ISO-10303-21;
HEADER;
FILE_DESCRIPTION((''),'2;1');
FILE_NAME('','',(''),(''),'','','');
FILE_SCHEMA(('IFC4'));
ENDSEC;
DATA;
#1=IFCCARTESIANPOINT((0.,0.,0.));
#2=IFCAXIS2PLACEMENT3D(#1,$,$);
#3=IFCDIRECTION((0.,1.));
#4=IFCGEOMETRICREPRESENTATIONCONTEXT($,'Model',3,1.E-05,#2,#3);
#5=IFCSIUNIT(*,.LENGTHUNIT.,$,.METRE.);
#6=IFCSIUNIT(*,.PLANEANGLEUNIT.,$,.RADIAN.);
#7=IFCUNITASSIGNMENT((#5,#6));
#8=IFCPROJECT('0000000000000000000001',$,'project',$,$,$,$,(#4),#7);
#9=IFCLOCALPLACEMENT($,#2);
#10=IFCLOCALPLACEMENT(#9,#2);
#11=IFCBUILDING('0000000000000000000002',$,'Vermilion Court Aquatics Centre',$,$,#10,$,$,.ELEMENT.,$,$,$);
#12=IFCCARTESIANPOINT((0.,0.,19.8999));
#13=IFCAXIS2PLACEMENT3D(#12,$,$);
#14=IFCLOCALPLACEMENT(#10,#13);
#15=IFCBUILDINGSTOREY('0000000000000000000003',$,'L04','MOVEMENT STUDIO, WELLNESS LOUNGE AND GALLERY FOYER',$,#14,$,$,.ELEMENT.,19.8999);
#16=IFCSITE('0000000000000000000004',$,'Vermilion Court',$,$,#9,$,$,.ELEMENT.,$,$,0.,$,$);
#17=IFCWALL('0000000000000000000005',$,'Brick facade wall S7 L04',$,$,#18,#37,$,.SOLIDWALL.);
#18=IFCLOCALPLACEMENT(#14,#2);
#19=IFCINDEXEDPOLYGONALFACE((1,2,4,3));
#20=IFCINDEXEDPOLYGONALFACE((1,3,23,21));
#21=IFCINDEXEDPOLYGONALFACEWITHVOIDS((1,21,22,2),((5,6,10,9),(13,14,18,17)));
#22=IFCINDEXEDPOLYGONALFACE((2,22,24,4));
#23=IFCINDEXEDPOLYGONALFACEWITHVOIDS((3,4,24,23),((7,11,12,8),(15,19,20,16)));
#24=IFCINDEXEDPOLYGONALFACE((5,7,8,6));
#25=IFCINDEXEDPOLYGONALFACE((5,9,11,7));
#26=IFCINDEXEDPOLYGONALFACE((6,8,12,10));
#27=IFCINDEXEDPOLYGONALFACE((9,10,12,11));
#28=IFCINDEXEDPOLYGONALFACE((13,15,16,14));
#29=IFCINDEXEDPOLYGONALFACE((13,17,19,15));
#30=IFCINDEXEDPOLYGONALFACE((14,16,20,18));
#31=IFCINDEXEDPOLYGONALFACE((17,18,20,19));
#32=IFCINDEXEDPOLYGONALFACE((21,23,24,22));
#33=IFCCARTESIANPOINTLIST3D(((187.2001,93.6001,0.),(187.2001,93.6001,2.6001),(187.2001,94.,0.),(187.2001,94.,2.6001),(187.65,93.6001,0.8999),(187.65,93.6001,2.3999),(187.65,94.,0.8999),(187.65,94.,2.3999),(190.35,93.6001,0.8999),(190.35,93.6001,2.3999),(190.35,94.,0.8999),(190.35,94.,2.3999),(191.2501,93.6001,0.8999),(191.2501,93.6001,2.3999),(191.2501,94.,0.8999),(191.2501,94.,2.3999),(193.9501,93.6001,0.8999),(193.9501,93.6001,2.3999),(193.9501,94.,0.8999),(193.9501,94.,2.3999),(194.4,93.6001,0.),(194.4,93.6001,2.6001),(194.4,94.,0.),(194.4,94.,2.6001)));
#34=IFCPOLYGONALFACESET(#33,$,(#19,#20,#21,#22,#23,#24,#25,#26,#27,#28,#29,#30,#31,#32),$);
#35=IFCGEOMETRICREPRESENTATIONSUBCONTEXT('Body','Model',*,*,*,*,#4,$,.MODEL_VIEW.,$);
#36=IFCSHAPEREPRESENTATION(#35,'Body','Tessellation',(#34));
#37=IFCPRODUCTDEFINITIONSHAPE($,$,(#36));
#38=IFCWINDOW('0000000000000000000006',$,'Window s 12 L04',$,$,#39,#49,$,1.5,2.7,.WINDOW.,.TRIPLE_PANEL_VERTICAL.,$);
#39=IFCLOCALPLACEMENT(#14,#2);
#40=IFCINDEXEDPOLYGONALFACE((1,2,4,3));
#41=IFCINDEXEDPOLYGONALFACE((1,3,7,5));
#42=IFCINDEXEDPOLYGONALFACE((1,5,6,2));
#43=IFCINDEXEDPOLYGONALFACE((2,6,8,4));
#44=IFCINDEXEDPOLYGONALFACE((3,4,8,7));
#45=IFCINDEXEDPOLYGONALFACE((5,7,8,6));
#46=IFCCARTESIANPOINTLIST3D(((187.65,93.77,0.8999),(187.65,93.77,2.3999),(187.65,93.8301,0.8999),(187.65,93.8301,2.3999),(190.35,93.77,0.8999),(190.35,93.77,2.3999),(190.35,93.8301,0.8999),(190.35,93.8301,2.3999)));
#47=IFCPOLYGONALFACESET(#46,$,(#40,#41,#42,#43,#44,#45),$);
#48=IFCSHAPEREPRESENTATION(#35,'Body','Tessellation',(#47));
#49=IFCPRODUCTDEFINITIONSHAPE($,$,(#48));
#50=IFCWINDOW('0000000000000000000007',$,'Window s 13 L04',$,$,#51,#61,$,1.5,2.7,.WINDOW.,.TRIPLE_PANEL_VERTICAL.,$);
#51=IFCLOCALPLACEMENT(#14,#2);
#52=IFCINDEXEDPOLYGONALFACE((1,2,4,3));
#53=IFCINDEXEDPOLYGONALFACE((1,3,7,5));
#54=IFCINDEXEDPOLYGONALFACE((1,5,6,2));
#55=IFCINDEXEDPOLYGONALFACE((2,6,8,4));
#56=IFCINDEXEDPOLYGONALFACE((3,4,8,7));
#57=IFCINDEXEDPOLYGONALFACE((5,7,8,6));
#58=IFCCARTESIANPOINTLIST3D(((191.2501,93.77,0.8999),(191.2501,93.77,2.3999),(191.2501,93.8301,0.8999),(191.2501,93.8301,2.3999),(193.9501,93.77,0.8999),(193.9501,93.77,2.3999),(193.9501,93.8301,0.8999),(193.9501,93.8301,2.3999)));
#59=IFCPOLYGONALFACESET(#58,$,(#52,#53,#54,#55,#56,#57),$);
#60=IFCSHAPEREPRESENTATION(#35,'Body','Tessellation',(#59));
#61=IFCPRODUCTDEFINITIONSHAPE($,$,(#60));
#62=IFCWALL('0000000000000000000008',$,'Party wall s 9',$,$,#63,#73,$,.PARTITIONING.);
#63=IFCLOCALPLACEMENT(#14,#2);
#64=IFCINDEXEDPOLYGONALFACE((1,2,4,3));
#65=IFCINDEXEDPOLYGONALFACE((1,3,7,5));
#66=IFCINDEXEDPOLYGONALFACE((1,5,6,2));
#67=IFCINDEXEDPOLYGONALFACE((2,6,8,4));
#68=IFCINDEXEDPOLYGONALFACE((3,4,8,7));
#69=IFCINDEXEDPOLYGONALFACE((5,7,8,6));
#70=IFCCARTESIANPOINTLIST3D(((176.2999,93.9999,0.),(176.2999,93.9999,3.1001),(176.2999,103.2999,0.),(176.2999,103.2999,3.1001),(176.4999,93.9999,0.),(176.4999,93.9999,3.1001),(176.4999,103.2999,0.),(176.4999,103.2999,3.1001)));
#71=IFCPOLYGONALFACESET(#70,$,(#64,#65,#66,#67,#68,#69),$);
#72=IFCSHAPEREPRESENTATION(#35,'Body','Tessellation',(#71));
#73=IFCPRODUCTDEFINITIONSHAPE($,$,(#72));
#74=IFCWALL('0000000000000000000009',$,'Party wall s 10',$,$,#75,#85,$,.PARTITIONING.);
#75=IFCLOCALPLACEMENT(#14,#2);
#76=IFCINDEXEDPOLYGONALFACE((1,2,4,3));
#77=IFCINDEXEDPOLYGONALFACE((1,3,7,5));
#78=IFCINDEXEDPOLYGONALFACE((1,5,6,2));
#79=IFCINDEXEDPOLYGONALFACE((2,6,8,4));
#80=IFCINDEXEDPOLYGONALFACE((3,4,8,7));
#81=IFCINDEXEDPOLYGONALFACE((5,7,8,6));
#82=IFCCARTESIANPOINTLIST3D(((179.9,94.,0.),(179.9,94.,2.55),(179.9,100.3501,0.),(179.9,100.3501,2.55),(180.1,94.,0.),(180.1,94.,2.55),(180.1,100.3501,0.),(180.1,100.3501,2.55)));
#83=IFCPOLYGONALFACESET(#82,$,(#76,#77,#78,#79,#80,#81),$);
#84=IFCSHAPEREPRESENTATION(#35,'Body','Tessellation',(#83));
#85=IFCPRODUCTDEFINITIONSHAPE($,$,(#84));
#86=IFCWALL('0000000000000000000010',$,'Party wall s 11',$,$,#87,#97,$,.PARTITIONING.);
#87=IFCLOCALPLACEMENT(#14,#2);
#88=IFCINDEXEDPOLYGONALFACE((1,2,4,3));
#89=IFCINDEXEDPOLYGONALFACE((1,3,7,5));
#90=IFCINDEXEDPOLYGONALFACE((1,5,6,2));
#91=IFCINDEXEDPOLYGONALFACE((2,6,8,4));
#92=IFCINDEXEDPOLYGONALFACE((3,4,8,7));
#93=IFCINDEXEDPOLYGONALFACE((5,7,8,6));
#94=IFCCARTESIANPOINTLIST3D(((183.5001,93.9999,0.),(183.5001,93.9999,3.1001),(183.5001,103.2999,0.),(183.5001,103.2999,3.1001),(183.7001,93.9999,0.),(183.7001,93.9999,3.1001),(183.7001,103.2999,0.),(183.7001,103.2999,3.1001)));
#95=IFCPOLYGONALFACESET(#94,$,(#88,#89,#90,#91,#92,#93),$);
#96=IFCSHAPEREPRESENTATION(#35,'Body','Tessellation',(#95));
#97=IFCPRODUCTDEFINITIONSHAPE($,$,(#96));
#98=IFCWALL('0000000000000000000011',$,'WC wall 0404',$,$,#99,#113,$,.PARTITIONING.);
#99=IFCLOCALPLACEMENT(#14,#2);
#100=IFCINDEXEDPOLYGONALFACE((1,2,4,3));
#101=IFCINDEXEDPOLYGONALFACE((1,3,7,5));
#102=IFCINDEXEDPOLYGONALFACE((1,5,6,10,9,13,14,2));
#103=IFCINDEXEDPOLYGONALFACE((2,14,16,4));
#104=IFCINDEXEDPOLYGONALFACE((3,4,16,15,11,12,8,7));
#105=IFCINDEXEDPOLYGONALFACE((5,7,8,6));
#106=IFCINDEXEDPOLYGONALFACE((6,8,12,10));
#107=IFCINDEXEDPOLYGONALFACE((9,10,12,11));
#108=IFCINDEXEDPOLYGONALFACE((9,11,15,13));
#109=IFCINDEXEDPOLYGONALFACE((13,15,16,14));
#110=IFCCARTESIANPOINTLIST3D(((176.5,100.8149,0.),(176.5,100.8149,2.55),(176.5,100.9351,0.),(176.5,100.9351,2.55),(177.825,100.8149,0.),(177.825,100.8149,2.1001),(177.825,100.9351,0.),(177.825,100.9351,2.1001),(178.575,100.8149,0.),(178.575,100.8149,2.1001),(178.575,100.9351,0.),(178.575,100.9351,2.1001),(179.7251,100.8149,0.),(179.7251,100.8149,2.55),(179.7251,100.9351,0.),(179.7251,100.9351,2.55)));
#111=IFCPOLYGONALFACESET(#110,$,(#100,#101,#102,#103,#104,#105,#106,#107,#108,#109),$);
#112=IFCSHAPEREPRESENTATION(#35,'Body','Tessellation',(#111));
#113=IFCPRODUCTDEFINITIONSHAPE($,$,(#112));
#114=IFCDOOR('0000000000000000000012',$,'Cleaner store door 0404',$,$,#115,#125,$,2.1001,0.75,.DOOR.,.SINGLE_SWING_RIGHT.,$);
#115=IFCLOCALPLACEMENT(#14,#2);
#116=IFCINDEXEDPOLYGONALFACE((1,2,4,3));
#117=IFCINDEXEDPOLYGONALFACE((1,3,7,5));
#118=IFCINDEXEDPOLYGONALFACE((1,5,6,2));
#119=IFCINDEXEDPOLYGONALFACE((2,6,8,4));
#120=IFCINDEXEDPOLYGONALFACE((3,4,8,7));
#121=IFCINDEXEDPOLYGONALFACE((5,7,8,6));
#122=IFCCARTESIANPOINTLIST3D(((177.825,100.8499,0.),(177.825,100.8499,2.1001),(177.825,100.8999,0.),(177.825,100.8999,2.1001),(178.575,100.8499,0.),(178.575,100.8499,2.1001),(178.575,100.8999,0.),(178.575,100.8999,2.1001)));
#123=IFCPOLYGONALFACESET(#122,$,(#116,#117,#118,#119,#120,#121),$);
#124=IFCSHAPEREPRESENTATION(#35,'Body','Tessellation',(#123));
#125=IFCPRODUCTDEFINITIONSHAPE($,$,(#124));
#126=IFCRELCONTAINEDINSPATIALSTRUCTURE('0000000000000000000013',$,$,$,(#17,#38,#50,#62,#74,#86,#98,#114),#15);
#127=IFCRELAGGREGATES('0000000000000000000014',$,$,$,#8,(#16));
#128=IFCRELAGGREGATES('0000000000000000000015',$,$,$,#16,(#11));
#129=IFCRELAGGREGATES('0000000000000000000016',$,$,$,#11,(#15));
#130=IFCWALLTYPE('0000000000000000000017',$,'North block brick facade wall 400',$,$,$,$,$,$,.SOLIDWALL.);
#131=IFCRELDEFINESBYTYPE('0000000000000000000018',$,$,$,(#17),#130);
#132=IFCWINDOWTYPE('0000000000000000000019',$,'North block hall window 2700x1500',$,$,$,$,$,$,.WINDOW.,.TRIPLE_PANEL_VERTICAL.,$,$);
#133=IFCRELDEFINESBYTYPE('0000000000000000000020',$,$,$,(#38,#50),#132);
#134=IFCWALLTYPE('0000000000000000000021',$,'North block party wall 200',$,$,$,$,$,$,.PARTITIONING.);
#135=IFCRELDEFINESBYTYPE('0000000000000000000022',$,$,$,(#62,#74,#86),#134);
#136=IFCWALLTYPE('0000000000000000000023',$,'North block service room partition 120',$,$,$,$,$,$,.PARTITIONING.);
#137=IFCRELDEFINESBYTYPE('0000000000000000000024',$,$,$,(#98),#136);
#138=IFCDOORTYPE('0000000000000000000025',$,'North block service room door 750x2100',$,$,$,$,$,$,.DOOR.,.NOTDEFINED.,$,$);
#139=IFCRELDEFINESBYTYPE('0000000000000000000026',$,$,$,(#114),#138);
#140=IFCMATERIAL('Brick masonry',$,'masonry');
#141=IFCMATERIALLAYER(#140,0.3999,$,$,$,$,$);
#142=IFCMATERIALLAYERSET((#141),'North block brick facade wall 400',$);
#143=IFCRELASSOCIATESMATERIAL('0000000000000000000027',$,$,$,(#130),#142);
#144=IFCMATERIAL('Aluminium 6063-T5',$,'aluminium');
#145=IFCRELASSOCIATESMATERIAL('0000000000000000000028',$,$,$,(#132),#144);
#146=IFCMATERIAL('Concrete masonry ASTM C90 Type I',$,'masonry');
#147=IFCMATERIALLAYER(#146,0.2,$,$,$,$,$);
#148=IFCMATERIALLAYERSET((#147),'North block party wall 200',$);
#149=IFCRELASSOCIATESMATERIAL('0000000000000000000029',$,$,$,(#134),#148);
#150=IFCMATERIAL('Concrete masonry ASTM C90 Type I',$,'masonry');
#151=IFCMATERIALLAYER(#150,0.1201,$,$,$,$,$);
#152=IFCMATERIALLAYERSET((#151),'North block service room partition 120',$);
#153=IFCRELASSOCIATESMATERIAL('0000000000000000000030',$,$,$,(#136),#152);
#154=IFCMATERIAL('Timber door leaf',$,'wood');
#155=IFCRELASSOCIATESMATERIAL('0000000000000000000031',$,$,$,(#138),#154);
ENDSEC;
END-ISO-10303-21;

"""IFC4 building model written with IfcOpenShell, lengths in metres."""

from ifc_helpers import new_model, si_unit, direction, frame, frame_2d, origin, place, context, subcontext, project, spatial, rectangle, extrude, material, layer, layer_set, type_object, element, fill, save


model = new_model("IFC4")

# Units and contexts
model_context = context("Model", 3, precision=1e-05, world=origin(), true_north=direction((0.0, 1.0)))
body_context = subcontext(model_context, "Body", "Model", "MODEL_VIEW")
ifc_project = project(units=[si_unit("LENGTHUNIT", "METRE"), si_unit("PLANEANGLEUNIT", "RADIAN")], contexts=[model_context])

# Site, building, storey
site_placement = place(None, origin())
site = spatial("IfcSite", under=ifc_project, at=site_placement, Name="Vermilion Court", CompositionType="ELEMENT", RefElevation=0.0)
building_placement = place(site_placement, origin())
building = spatial("IfcBuilding", under=site, at=building_placement, Name="Vermilion Court Aquatics Centre", CompositionType="ELEMENT")
storey_placement = place(building_placement, frame((0.0, 0.0, 19.8999)))
storey = spatial("IfcBuildingStorey", under=building, at=storey_placement, Name="L04", Description="MOVEMENT STUDIO, WELLNESS LOUNGE AND GALLERY FOYER", CompositionType="ELEMENT", Elevation=19.8999)

# Wall, openings, windows
ifc_material_1 = material(Name="Brick masonry", Category="masonry")
ifc_layer_1 = layer(ifc_material_1, 0.3999)
ifc_layer_set_1 = layer_set([ifc_layer_1], Name="North block brick facade wall 400")
wall_type_1 = type_object("IfcWallType", Name="North block brick facade wall 400", PredefinedType="SOLIDWALL", material=ifc_layer_set_1)
ifc_material_2 = material(Name="Aluminium 6063-T5", Category="aluminium")
window_type_1 = type_object("IfcWindowType", Name="North block hall window 2700x1500", PartitioningType="TRIPLE_PANEL_VERTICAL", PredefinedType="WINDOW", material=ifc_material_2)
wall_1_placement = place(storey_placement, frame((187.2, 93.8, 0.0), z_axis=(0.0, 0.0, 1.0), x_axis=(1.0, 0.0, 0.0)))
wall_1 = element("IfcWall", 1, at=wall_1_placement, inside=storey, type_object=wall_type_1, Name="Brick facade wall S7 L04", PredefinedType="SOLIDWALL", context=body_context, shape_type="SweptSolid", body=[
    extrude(rectangle(XDim=7.2, YDim=0.3999, at=frame_2d((3.6001, 0.0))), origin(), (0.0, 0.0, 1.0), 2.6001),
])
opening_1_placement = place(wall_1_placement, frame((0.45, 0.0, 0.8999)))
opening_1 = element("IfcOpeningElement", 2, at=opening_1_placement, cuts=wall_1, PredefinedType="OPENING", context=body_context, shape_type="SweptSolid", body=[
    extrude(rectangle(XDim=2.7, YDim=1.5, at=frame_2d((1.3501, 0.75))), frame((0.0, 0.21, 0.0), z_axis=(0.0, -1.0, 0.0), x_axis=(1.0, 0.0, 0.0)), (0.0, 0.0, 1.0), 0.4199),
])
opening_2_placement = place(wall_1_placement, frame((4.05, 0.0, 0.8999)))
opening_2 = element("IfcOpeningElement", 3, at=opening_2_placement, cuts=wall_1, PredefinedType="OPENING", context=body_context, shape_type="SweptSolid", body=[
    extrude(rectangle(XDim=2.7, YDim=1.5, at=frame_2d((1.3501, 0.75))), frame((0.0, 0.21, 0.0), z_axis=(0.0, -1.0, 0.0), x_axis=(1.0, 0.0, 0.0)), (0.0, 0.0, 1.0), 0.4199),
])
window_1_placement = place(opening_1_placement, origin())
window_1 = element("IfcWindow", 4, at=window_1_placement, inside=storey, type_object=window_type_1, Name="Window s 12 L04", OverallHeight=1.5, OverallWidth=2.7, PartitioningType="TRIPLE_PANEL_VERTICAL", PredefinedType="WINDOW", context=body_context, shape_type="SweptSolid", body=[
    extrude(rectangle(XDim=2.7, YDim=1.5, at=frame_2d((1.3501, 0.75))), frame((0.0, 0.03, 0.0), z_axis=(0.0, -1.0, 0.0), x_axis=(1.0, 0.0, 0.0)), (0.0, 0.0, 1.0), 0.0601),
])
fill(opening_1, window_1)
window_2_placement = place(opening_2_placement, origin())
window_2 = element("IfcWindow", 5, at=window_2_placement, inside=storey, type_object=window_type_1, Name="Window s 13 L04", OverallHeight=1.5, OverallWidth=2.7, PartitioningType="TRIPLE_PANEL_VERTICAL", PredefinedType="WINDOW", context=body_context, shape_type="SweptSolid", body=[
    extrude(rectangle(XDim=2.7, YDim=1.5, at=frame_2d((1.3501, 0.75))), frame((0.0, 0.03, 0.0), z_axis=(0.0, -1.0, 0.0), x_axis=(1.0, 0.0, 0.0)), (0.0, 0.0, 1.0), 0.0601),
])
fill(opening_2, window_2)

# Walls
ifc_material_3 = material(Name="Concrete masonry ASTM C90 Type I", Category="masonry")
ifc_layer_2 = layer(ifc_material_3, 0.2)
ifc_layer_set_2 = layer_set([ifc_layer_2], Name="North block party wall 200")
wall_type_2 = type_object("IfcWallType", Name="North block party wall 200", PredefinedType="PARTITIONING", material=ifc_layer_set_2)
wall_2_placement = place(storey_placement, frame((176.3999, 94.0, 0.0), z_axis=(0.0, 0.0, 1.0), x_axis=(0.0, 1.0, 0.0)))
element("IfcWall", 6, at=wall_2_placement, inside=storey, type_object=wall_type_2, Name="Party wall s 9", PredefinedType="PARTITIONING", context=body_context, shape_type="SweptSolid", body=[
    extrude(rectangle(XDim=9.3, YDim=0.2, at=frame_2d((4.6499, 0.0))), origin(), (0.0, 0.0, 1.0), 3.1001),
])
wall_3_placement = place(storey_placement, frame((180.0, 94.0, 0.0), z_axis=(0.0, 0.0, 1.0), x_axis=(0.0, 1.0, 0.0)))
element("IfcWall", 7, at=wall_3_placement, inside=storey, type_object=wall_type_2, Name="Party wall s 10", PredefinedType="PARTITIONING", context=body_context, shape_type="SweptSolid", body=[
    extrude(rectangle(XDim=6.3501, YDim=0.2, at=frame_2d((3.175, 0.0))), origin(), (0.0, 0.0, 1.0), 2.55),
])
wall_4_placement = place(storey_placement, frame((183.6001, 94.0, 0.0), z_axis=(0.0, 0.0, 1.0), x_axis=(0.0, 1.0, 0.0)))
element("IfcWall", 8, at=wall_4_placement, inside=storey, type_object=wall_type_2, Name="Party wall s 11", PredefinedType="PARTITIONING", context=body_context, shape_type="SweptSolid", body=[
    extrude(rectangle(XDim=9.3, YDim=0.2, at=frame_2d((4.6499, 0.0))), origin(), (0.0, 0.0, 1.0), 3.1001),
])

# Wall, opening, door
ifc_material_4 = material(Name="Concrete masonry ASTM C90 Type I", Category="masonry")
ifc_layer_3 = layer(ifc_material_4, 0.1201)
ifc_layer_set_3 = layer_set([ifc_layer_3], Name="North block service room partition 120")
wall_type_3 = type_object("IfcWallType", Name="North block service room partition 120", PredefinedType="PARTITIONING", material=ifc_layer_set_3)
wall_5_placement = place(storey_placement, frame((176.5, 100.875, 0.0), z_axis=(0.0, 0.0, 1.0), x_axis=(1.0, 0.0, 0.0)))
wall_5 = element("IfcWall", 9, at=wall_5_placement, inside=storey, type_object=wall_type_3, Name="WC wall 0404", PredefinedType="PARTITIONING", context=body_context, shape_type="SweptSolid", body=[
    extrude(rectangle(XDim=3.2251, YDim=0.1201, at=frame_2d((1.6125, 0.0))), origin(), (0.0, 0.0, 1.0), 2.55),
])
opening_3_placement = place(wall_5_placement, frame((1.325, 0.0, 0.0)))
opening_3 = element("IfcOpeningElement", 10, at=opening_3_placement, cuts=wall_5, PredefinedType="OPENING", context=body_context, shape_type="SweptSolid", body=[
    extrude(rectangle(XDim=0.75, YDim=2.1001, at=frame_2d((0.375, 1.05))), frame((0.0, 0.0701, 0.0), z_axis=(0.0, -1.0, 0.0), x_axis=(1.0, 0.0, 0.0)), (0.0, 0.0, 1.0), 0.1401),
])
ifc_material_5 = material(Name="Timber door leaf", Category="wood")
door_type = type_object("IfcDoorType", Name="North block service room door 750x2100", OperationType="NOTDEFINED", PredefinedType="DOOR", material=ifc_material_5)
door_placement = place(opening_3_placement, origin())
door = element("IfcDoor", 11, at=door_placement, inside=storey, type_object=door_type, Name="Cleaner store door 0404", OperationType="SINGLE_SWING_RIGHT", OverallHeight=2.1001, OverallWidth=0.75, PredefinedType="DOOR", context=body_context, shape_type="SweptSolid", body=[
    extrude(rectangle(XDim=0.75, YDim=2.1001, at=frame_2d((0.375, 1.05))), frame((0.0, 0.0249, 0.0), z_axis=(0.0, -1.0, 0.0), x_axis=(1.0, 0.0, 0.0)), (0.0, 0.0, 1.0), 0.05),
])
fill(opening_3, door)

save(model, "model.ifc")
